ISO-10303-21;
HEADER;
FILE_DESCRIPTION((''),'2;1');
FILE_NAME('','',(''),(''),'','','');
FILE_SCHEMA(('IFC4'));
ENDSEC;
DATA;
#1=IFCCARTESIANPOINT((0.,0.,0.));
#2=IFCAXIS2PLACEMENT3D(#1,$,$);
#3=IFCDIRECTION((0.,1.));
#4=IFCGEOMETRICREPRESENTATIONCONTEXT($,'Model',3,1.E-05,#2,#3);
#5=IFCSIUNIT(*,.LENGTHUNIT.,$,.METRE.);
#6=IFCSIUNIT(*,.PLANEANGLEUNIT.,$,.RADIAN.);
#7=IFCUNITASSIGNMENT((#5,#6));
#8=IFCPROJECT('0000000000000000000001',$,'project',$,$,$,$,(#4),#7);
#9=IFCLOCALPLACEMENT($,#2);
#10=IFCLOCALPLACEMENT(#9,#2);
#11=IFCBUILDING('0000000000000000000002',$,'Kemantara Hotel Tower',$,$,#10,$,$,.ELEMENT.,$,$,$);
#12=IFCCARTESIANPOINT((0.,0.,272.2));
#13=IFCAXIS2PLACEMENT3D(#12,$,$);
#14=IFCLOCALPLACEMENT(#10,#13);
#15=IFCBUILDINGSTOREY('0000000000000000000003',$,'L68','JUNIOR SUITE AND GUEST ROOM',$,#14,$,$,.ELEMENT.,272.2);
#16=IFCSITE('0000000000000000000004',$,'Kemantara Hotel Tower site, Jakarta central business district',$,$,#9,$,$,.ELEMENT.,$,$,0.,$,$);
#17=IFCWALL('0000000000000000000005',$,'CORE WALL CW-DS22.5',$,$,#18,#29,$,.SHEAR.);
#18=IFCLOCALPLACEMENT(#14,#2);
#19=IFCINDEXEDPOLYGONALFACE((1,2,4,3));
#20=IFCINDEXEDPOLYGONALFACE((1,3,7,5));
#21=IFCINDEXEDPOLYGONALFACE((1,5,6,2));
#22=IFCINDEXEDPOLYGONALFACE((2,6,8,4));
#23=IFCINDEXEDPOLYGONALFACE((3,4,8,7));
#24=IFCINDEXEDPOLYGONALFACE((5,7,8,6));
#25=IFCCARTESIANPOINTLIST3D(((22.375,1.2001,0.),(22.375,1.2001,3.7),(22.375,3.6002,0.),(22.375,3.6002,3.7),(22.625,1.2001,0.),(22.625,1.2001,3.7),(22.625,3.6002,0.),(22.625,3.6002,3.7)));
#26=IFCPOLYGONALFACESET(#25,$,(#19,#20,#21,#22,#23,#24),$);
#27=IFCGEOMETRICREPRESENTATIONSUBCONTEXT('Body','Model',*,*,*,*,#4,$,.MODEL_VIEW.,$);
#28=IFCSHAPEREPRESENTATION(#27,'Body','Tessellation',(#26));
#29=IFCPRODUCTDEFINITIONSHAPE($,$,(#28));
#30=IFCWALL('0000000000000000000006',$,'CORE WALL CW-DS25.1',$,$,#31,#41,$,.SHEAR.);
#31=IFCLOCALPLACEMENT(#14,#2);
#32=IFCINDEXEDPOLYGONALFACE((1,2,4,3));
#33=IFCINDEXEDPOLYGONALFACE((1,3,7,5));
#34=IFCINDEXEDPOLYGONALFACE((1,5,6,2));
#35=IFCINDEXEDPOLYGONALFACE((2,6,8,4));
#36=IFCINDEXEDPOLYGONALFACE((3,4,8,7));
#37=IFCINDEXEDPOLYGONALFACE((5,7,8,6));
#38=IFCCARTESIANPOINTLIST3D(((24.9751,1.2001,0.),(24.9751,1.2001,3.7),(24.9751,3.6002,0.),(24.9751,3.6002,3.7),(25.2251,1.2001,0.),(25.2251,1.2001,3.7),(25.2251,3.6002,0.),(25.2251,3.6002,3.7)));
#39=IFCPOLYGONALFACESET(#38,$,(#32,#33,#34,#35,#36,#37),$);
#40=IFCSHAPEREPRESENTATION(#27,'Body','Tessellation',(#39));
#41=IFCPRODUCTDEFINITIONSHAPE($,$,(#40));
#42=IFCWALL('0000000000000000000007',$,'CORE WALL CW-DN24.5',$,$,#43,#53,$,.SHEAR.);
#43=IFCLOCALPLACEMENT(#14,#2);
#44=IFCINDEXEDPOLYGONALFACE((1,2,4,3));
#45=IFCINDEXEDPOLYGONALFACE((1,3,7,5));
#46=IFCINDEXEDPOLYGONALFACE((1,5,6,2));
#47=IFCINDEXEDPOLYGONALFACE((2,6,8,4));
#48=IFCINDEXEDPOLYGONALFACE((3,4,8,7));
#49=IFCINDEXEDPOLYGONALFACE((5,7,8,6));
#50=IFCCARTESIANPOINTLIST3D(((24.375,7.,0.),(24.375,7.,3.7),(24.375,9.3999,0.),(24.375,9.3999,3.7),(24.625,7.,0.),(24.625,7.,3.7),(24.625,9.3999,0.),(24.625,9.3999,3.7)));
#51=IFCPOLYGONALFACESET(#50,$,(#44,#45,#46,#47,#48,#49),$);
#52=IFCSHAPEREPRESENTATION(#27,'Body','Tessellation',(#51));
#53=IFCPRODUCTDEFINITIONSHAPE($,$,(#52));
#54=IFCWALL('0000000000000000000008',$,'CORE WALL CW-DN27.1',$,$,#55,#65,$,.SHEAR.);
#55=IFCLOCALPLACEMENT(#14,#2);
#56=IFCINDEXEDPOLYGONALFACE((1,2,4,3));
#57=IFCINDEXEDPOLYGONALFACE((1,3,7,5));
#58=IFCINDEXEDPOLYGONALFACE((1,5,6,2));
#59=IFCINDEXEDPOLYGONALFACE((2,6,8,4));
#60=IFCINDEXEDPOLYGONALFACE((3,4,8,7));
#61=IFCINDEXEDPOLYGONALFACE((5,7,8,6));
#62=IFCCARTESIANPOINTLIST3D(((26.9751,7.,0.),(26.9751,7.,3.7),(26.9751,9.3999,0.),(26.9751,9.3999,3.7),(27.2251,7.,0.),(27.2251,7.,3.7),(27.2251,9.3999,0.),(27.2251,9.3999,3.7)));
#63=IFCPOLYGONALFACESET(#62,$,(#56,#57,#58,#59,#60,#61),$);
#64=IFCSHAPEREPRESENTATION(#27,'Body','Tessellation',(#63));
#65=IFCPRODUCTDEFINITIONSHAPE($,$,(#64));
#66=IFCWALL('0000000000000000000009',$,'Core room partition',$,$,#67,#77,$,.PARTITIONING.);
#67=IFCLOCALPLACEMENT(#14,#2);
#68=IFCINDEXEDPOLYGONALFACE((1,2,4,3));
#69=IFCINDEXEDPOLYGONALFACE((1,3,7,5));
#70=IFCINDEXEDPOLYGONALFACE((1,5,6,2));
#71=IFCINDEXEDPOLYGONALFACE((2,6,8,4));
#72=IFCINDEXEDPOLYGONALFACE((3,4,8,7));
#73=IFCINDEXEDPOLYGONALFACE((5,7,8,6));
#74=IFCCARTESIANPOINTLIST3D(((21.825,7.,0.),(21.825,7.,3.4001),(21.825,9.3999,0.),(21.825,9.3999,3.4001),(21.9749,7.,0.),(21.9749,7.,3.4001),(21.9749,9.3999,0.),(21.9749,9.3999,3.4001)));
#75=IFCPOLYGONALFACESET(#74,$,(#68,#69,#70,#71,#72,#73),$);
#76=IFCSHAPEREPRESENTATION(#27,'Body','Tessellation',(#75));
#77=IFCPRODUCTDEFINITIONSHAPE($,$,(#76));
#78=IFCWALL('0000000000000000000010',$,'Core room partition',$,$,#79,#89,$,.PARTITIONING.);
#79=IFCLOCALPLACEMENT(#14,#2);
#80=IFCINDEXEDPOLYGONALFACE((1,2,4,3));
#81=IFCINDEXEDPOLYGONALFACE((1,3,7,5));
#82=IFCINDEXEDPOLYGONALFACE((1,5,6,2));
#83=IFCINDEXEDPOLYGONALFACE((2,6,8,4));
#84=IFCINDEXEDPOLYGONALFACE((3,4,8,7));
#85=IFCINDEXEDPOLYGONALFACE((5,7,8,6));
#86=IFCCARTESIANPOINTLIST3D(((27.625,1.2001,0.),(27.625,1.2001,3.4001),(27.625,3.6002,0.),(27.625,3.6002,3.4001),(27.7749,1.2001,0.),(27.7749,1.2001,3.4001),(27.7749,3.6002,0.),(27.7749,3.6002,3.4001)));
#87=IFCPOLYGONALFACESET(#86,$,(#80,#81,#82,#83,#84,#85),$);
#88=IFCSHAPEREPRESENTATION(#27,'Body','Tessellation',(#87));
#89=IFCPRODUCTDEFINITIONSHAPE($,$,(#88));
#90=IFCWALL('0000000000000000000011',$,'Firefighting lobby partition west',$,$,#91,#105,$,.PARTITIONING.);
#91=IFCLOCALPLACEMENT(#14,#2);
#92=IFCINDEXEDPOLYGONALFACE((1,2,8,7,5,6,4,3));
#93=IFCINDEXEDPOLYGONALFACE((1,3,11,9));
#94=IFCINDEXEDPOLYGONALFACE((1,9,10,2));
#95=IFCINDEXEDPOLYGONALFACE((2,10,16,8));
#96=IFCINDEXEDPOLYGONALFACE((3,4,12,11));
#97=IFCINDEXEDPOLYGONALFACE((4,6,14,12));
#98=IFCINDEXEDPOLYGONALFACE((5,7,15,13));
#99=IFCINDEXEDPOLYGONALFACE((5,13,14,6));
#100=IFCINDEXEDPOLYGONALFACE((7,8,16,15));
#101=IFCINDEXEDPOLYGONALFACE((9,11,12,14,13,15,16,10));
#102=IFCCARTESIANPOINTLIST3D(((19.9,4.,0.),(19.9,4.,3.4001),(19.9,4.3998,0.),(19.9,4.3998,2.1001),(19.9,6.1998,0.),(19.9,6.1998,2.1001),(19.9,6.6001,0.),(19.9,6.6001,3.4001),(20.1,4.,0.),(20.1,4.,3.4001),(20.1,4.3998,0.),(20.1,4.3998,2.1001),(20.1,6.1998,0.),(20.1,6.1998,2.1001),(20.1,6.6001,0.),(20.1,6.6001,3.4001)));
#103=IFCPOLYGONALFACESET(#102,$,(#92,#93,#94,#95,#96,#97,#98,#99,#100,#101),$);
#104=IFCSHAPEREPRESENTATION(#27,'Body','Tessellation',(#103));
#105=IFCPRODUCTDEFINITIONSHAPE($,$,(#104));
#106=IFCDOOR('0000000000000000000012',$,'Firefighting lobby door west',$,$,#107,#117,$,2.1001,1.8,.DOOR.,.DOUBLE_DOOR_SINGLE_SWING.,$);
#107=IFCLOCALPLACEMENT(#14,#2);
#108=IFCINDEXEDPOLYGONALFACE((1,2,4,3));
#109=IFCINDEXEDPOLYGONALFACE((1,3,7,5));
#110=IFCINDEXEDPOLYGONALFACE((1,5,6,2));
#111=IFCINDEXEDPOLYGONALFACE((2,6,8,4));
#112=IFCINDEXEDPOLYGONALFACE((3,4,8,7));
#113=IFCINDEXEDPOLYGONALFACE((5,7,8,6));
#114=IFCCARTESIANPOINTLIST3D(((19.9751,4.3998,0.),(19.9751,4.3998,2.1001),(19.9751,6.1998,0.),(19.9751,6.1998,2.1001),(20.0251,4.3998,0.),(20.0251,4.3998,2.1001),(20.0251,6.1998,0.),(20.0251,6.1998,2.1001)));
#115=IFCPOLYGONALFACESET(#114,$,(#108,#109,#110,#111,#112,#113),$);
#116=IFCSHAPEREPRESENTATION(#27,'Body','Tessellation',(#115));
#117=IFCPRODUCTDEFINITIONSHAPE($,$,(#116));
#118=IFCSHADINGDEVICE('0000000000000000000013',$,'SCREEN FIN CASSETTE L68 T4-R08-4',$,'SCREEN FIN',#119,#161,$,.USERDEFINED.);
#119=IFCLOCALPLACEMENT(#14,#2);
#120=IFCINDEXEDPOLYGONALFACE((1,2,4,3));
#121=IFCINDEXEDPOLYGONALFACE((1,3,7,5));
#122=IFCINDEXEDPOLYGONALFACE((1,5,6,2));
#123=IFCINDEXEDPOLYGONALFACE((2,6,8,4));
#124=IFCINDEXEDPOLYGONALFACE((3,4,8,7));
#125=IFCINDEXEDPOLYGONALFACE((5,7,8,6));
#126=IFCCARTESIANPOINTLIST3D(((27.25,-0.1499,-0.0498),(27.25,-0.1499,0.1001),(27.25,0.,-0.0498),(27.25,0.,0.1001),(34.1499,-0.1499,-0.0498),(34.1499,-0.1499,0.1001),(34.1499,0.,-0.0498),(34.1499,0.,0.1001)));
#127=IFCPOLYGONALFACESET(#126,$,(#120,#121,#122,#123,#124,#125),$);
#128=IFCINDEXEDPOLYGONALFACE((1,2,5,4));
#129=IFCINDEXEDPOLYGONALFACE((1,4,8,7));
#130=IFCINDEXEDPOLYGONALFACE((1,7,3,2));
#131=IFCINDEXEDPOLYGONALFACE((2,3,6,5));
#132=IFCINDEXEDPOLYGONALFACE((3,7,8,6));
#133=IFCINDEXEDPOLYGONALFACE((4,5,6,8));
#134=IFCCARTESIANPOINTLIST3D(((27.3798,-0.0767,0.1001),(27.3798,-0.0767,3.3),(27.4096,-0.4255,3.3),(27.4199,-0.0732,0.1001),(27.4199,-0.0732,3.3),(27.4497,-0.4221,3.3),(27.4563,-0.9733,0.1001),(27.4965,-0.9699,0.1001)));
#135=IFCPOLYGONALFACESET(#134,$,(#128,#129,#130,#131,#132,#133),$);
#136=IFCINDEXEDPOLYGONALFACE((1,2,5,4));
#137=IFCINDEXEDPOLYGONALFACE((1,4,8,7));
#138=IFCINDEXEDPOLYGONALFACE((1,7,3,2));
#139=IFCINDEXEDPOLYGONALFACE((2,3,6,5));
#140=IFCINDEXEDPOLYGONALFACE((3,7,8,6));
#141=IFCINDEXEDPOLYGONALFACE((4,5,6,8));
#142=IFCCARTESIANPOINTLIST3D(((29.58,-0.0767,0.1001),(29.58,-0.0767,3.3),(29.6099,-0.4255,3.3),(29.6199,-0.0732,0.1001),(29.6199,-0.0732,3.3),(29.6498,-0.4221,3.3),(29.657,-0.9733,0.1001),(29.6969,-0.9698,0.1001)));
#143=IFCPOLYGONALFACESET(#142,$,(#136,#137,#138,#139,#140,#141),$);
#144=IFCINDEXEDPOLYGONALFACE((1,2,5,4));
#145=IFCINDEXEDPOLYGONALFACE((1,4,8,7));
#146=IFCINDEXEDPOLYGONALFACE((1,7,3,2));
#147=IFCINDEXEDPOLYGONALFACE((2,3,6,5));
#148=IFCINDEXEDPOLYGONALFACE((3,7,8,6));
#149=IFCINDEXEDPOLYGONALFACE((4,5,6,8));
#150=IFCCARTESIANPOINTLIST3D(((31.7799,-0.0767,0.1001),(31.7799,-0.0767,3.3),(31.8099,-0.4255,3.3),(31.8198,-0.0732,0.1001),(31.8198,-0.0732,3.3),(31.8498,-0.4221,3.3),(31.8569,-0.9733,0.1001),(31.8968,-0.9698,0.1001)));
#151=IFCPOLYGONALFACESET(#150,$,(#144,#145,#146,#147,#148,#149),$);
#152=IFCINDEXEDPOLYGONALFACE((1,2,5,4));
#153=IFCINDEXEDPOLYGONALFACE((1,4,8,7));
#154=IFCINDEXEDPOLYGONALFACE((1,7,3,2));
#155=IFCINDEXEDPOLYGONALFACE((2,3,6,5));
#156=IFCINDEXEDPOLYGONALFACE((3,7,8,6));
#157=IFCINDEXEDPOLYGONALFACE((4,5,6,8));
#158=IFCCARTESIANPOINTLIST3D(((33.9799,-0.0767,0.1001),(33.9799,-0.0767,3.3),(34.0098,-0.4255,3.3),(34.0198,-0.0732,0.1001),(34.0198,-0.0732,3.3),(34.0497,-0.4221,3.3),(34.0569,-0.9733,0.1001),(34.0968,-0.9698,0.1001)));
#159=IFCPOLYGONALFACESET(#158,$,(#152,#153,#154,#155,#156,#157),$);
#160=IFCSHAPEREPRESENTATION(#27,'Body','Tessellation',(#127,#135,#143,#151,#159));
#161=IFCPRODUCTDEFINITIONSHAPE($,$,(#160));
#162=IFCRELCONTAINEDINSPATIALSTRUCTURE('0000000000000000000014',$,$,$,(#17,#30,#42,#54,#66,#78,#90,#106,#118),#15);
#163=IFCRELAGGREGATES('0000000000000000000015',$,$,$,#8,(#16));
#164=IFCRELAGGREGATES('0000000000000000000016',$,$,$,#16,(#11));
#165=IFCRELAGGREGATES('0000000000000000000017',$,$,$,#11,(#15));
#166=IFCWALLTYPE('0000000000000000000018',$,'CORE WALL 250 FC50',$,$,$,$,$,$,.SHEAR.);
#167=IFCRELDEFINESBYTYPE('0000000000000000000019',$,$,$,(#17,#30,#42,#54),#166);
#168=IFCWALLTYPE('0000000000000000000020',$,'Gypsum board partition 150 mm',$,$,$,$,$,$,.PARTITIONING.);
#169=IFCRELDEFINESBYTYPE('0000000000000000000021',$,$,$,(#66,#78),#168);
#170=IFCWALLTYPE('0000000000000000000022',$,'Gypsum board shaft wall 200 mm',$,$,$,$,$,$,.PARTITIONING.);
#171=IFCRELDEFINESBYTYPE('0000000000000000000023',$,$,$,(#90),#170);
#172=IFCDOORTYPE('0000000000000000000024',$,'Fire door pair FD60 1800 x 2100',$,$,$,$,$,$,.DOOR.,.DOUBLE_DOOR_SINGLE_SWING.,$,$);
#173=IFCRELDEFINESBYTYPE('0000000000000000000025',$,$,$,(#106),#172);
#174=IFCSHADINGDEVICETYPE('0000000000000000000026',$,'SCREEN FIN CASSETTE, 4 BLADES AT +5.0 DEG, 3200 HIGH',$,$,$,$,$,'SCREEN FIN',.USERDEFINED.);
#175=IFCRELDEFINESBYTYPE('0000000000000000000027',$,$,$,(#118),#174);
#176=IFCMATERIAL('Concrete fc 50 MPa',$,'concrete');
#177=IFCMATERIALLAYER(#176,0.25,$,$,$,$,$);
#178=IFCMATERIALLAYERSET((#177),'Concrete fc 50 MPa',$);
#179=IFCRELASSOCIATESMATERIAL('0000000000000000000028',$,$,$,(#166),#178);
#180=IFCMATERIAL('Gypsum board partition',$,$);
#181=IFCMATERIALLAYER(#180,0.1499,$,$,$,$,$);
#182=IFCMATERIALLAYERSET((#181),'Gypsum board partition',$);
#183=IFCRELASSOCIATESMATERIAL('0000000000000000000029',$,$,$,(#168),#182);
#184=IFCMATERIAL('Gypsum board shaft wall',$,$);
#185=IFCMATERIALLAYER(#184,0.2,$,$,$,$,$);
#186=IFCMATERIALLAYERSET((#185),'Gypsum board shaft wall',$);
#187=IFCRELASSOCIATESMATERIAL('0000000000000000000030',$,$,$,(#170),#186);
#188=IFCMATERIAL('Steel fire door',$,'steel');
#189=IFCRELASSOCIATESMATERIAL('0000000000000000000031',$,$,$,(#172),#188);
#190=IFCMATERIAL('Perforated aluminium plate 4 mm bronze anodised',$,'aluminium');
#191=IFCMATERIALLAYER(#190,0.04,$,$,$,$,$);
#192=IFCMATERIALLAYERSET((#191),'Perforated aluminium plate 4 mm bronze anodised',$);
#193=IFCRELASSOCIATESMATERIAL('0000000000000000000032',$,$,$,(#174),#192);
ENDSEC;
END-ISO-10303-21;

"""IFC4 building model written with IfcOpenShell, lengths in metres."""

from ifc_helpers import new_model, si_unit, direction, frame, frame_2d, origin, origin_2d, place, context, subcontext, project, spatial, polyline, rectangle, outline, extrude, source, transform, mapped, material, layer, layer_set, type_object, element, fill, save


model = new_model("IFC4")

# Units and contexts
model_context = context("Model", 3, precision=1e-05, world=origin(), true_north=direction((0.0, 1.0)))
body_context = subcontext(model_context, "Body", "Model", "MODEL_VIEW")
ifc_project = project(units=[si_unit("LENGTHUNIT", "METRE"), si_unit("PLANEANGLEUNIT", "RADIAN")], contexts=[model_context])

# Site, building, storey
site_placement = place(None, origin())
site = spatial("IfcSite", under=ifc_project, at=site_placement, Name="Kemantara Hotel Tower site, Jakarta central business district", CompositionType="ELEMENT", RefElevation=0.0)
building_placement = place(site_placement, origin())
building = spatial("IfcBuilding", under=site, at=building_placement, Name="Kemantara Hotel Tower", CompositionType="ELEMENT")
storey_placement = place(building_placement, frame((0.0, 0.0, 272.2)))
storey = spatial("IfcBuildingStorey", under=building, at=storey_placement, Name="L68", Description="JUNIOR SUITE AND GUEST ROOM", CompositionType="ELEMENT", Elevation=272.2)

# Walls
ifc_material_1 = material(Name="Concrete fc 50 MPa", Category="concrete")
ifc_layer_1 = layer(ifc_material_1, 0.25)
ifc_layer_set_1 = layer_set([ifc_layer_1], Name="Concrete fc 50 MPa")
wall_type_1 = type_object("IfcWallType", Name="CORE WALL 250 FC50", PredefinedType="SHEAR", material=ifc_layer_set_1)
for number, where, z_axis, x_axis, name in (
    (1, (22.5, 1.2, 0.0), (0.0, 0.0, 1.0), (0.0, 1.0, 0.0), "CORE WALL CW-DS22.5"),
    (2, (25.1001, 1.2, 0.0), (0.0, 0.0, 1.0), (0.0, 1.0, 0.0), "CORE WALL CW-DS25.1"),
):
    element("IfcWall", number, at=place(storey_placement, frame(where, z_axis=z_axis, x_axis=x_axis)), inside=storey, type_object=wall_type_1, Name=name, PredefinedType="SHEAR", context=body_context, shape_type="SweptSolid", body=[
        extrude(rectangle(XDim=2.4001, YDim=0.25, at=frame_2d((1.2002, 0.0))), origin(), (0.0, 0.0, 1.0), 3.7),
    ])
for number, where, z_axis, x_axis, name in (
    (3, (24.5, 7.0, 0.0), (0.0, 0.0, 1.0), (0.0, 1.0, 0.0), "CORE WALL CW-DN24.5"),
    (4, (27.1001, 7.0, 0.0), (0.0, 0.0, 1.0), (0.0, 1.0, 0.0), "CORE WALL CW-DN27.1"),
):
    element("IfcWall", number, at=place(storey_placement, frame(where, z_axis=z_axis, x_axis=x_axis)), inside=storey, type_object=wall_type_1, Name=name, PredefinedType="SHEAR", context=body_context, shape_type="SweptSolid", body=[
        extrude(rectangle(XDim=2.3999, YDim=0.25, at=frame_2d((1.2, 0.0))), origin(), (0.0, 0.0, 1.0), 3.7),
    ])
ifc_material_2 = material(Name="Gypsum board partition")
ifc_layer_2 = layer(ifc_material_2, 0.1499)
ifc_layer_set_2 = layer_set([ifc_layer_2], Name="Gypsum board partition")
wall_type_2 = type_object("IfcWallType", Name="Gypsum board partition 150 mm", PredefinedType="PARTITIONING", material=ifc_layer_set_2)
wall_1_placement = place(storey_placement, frame((21.8999, 7.0, 0.0), z_axis=(0.0, 0.0, 1.0), x_axis=(0.0, 1.0, 0.0)))
element("IfcWall", 5, at=wall_1_placement, inside=storey, type_object=wall_type_2, Name="Core room partition", PredefinedType="PARTITIONING", context=body_context, shape_type="SweptSolid", body=[
    extrude(rectangle(XDim=2.3999, YDim=0.1499, at=frame_2d((1.2, 0.0))), origin(), (0.0, 0.0, 1.0), 3.4001),
])
wall_2_placement = place(storey_placement, frame((27.7, 1.2, 0.0), z_axis=(0.0, 0.0, 1.0), x_axis=(0.0, 1.0, 0.0)))
element("IfcWall", 6, at=wall_2_placement, inside=storey, type_object=wall_type_2, Name="Core room partition", PredefinedType="PARTITIONING", context=body_context, shape_type="SweptSolid", body=[
    extrude(rectangle(XDim=2.4001, YDim=0.1499, at=frame_2d((1.2002, 0.0))), origin(), (0.0, 0.0, 1.0), 3.4001),
])

# Wall, opening, door
ifc_material_3 = material(Name="Gypsum board shaft wall")
ifc_layer_3 = layer(ifc_material_3, 0.2)
ifc_layer_set_3 = layer_set([ifc_layer_3], Name="Gypsum board shaft wall")
wall_type_3 = type_object("IfcWallType", Name="Gypsum board shaft wall 200 mm", PredefinedType="PARTITIONING", material=ifc_layer_set_3)
wall_3_placement = place(storey_placement, frame((20.0, 4.0, 0.0), z_axis=(0.0, 0.0, 1.0), x_axis=(0.0, 1.0, 0.0)))
wall_3 = element("IfcWall", 7, at=wall_3_placement, inside=storey, type_object=wall_type_3, Name="Firefighting lobby partition west", PredefinedType="PARTITIONING", context=body_context, shape_type="SweptSolid", body=[
    extrude(rectangle(XDim=2.6001, YDim=0.2, at=frame_2d((1.3, 0.0))), origin(), (0.0, 0.0, 1.0), 3.4001),
])
opening_placement = place(wall_3_placement, frame((0.3999, 0.0, 0.0)))
opening = element("IfcOpeningElement", 8, at=opening_placement, cuts=wall_3, PredefinedType="OPENING", context=body_context, shape_type="SweptSolid", body=[
    extrude(rectangle(XDim=1.8, YDim=2.1001, at=frame_2d((0.8999, 1.05))), frame((0.0, 0.1099, 0.0), z_axis=(0.0, -1.0, 0.0), x_axis=(1.0, 0.0, 0.0)), (0.0, 0.0, 1.0), 0.22),
])
ifc_material_4 = material(Name="Steel fire door", Category="steel")
door_type = type_object("IfcDoorType", Name="Fire door pair FD60 1800 x 2100", OperationType="DOUBLE_DOOR_SINGLE_SWING", PredefinedType="DOOR", material=ifc_material_4)
door_placement = place(opening_placement, origin())
door = element("IfcDoor", 9, at=door_placement, inside=storey, type_object=door_type, Name="Firefighting lobby door west", OperationType="DOUBLE_DOOR_SINGLE_SWING", OverallHeight=2.1001, OverallWidth=1.8, PredefinedType="DOOR", context=body_context, shape_type="SweptSolid", body=[
    extrude(rectangle(XDim=1.8, YDim=2.1001, at=frame_2d((0.8999, 1.05))), frame((0.0, 0.0249, 0.0), z_axis=(0.0, -1.0, 0.0), x_axis=(1.0, 0.0, 0.0)), (0.0, 0.0, 1.0), 0.05),
])
fill(opening, door)

# Shading device
ifc_material_5 = material(Name="Perforated aluminium plate 4 mm bronze anodised", Category="aluminium")
ifc_layer_4 = layer(ifc_material_5, 0.04)
ifc_layer_set_4 = layer_set([ifc_layer_4], Name="Perforated aluminium plate 4 mm bronze anodised")
shading_device_type = type_object("IfcShadingDeviceType", Name="SCREEN FIN CASSETTE, 4 BLADES AT +5.0 DEG, 3200 HIGH", ElementType="SCREEN FIN", PredefinedType="USERDEFINED", material=ifc_layer_set_4)
shared_shape = source(origin(), body_context, "Body", "SweptSolid", [
    extrude(rectangle(XDim=6.8999, YDim=0.1499, at=origin_2d()), frame((3.3, -0.075, -0.1499), z_axis=(0.0, 0.0, 1.0), x_axis=(1.0, 0.0, 0.0)), (0.0, 0.0, 1.0), 0.1499),
    extrude(outline(polyline([(0.0, 0.0), (0.8999, 0.0), (0.3501, 3.2), (0.0, 3.2), (0.0, 0.0)])), frame((0.02, -0.0732, 0.0), z_axis=(-0.996376, -0.085056, 0.0), x_axis=(0.085056, -0.996376, 0.0)), (0.0, 0.0, 1.0), 0.0403),
    extrude(outline(polyline([(0.0, 0.0), (0.8999, 0.0), (0.3501, 3.2), (0.0, 3.2), (0.0, 0.0)])), frame((2.22, -0.0732, 0.0), z_axis=(-0.996332, -0.085575, 0.0), x_axis=(0.085575, -0.996332, 0.0)), (0.0, 0.0, 1.0), 0.04),
    extrude(outline(polyline([(0.0, 0.0), (0.8999, 0.0), (0.3501, 3.2), (0.0, 3.2), (0.0, 0.0)])), frame((4.4199, -0.0732, 0.0), z_axis=(-0.996332, -0.085575, 0.0), x_axis=(0.085575, -0.996332, 0.0)), (0.0, 0.0, 1.0), 0.04),
    extrude(outline(polyline([(0.0, 0.0), (0.8999, 0.0), (0.3501, 3.2), (0.0, 3.2), (0.0, 0.0)])), frame((6.6199, -0.0732, 0.0), z_axis=(-0.996332, -0.085575, 0.0), x_axis=(0.085575, -0.996332, 0.0)), (0.0, 0.0, 1.0), 0.04),
])
shading_device_placement = place(storey_placement, frame((27.3999, 0.0, 0.1001), z_axis=(0.0, 0.0, 1.0), x_axis=(1.0, 0.0, 0.0)))
element("IfcShadingDevice", 10, at=shading_device_placement, inside=storey, type_object=shading_device_type, Name="SCREEN FIN CASSETTE L68 T4-R08-4", ObjectType="SCREEN FIN", PredefinedType="USERDEFINED", context=body_context, shape_type="MappedRepresentation", body=[
    mapped(shared_shape, transform((0.0, 0.0, 0.0))),
])

save(model, "model.ifc")
